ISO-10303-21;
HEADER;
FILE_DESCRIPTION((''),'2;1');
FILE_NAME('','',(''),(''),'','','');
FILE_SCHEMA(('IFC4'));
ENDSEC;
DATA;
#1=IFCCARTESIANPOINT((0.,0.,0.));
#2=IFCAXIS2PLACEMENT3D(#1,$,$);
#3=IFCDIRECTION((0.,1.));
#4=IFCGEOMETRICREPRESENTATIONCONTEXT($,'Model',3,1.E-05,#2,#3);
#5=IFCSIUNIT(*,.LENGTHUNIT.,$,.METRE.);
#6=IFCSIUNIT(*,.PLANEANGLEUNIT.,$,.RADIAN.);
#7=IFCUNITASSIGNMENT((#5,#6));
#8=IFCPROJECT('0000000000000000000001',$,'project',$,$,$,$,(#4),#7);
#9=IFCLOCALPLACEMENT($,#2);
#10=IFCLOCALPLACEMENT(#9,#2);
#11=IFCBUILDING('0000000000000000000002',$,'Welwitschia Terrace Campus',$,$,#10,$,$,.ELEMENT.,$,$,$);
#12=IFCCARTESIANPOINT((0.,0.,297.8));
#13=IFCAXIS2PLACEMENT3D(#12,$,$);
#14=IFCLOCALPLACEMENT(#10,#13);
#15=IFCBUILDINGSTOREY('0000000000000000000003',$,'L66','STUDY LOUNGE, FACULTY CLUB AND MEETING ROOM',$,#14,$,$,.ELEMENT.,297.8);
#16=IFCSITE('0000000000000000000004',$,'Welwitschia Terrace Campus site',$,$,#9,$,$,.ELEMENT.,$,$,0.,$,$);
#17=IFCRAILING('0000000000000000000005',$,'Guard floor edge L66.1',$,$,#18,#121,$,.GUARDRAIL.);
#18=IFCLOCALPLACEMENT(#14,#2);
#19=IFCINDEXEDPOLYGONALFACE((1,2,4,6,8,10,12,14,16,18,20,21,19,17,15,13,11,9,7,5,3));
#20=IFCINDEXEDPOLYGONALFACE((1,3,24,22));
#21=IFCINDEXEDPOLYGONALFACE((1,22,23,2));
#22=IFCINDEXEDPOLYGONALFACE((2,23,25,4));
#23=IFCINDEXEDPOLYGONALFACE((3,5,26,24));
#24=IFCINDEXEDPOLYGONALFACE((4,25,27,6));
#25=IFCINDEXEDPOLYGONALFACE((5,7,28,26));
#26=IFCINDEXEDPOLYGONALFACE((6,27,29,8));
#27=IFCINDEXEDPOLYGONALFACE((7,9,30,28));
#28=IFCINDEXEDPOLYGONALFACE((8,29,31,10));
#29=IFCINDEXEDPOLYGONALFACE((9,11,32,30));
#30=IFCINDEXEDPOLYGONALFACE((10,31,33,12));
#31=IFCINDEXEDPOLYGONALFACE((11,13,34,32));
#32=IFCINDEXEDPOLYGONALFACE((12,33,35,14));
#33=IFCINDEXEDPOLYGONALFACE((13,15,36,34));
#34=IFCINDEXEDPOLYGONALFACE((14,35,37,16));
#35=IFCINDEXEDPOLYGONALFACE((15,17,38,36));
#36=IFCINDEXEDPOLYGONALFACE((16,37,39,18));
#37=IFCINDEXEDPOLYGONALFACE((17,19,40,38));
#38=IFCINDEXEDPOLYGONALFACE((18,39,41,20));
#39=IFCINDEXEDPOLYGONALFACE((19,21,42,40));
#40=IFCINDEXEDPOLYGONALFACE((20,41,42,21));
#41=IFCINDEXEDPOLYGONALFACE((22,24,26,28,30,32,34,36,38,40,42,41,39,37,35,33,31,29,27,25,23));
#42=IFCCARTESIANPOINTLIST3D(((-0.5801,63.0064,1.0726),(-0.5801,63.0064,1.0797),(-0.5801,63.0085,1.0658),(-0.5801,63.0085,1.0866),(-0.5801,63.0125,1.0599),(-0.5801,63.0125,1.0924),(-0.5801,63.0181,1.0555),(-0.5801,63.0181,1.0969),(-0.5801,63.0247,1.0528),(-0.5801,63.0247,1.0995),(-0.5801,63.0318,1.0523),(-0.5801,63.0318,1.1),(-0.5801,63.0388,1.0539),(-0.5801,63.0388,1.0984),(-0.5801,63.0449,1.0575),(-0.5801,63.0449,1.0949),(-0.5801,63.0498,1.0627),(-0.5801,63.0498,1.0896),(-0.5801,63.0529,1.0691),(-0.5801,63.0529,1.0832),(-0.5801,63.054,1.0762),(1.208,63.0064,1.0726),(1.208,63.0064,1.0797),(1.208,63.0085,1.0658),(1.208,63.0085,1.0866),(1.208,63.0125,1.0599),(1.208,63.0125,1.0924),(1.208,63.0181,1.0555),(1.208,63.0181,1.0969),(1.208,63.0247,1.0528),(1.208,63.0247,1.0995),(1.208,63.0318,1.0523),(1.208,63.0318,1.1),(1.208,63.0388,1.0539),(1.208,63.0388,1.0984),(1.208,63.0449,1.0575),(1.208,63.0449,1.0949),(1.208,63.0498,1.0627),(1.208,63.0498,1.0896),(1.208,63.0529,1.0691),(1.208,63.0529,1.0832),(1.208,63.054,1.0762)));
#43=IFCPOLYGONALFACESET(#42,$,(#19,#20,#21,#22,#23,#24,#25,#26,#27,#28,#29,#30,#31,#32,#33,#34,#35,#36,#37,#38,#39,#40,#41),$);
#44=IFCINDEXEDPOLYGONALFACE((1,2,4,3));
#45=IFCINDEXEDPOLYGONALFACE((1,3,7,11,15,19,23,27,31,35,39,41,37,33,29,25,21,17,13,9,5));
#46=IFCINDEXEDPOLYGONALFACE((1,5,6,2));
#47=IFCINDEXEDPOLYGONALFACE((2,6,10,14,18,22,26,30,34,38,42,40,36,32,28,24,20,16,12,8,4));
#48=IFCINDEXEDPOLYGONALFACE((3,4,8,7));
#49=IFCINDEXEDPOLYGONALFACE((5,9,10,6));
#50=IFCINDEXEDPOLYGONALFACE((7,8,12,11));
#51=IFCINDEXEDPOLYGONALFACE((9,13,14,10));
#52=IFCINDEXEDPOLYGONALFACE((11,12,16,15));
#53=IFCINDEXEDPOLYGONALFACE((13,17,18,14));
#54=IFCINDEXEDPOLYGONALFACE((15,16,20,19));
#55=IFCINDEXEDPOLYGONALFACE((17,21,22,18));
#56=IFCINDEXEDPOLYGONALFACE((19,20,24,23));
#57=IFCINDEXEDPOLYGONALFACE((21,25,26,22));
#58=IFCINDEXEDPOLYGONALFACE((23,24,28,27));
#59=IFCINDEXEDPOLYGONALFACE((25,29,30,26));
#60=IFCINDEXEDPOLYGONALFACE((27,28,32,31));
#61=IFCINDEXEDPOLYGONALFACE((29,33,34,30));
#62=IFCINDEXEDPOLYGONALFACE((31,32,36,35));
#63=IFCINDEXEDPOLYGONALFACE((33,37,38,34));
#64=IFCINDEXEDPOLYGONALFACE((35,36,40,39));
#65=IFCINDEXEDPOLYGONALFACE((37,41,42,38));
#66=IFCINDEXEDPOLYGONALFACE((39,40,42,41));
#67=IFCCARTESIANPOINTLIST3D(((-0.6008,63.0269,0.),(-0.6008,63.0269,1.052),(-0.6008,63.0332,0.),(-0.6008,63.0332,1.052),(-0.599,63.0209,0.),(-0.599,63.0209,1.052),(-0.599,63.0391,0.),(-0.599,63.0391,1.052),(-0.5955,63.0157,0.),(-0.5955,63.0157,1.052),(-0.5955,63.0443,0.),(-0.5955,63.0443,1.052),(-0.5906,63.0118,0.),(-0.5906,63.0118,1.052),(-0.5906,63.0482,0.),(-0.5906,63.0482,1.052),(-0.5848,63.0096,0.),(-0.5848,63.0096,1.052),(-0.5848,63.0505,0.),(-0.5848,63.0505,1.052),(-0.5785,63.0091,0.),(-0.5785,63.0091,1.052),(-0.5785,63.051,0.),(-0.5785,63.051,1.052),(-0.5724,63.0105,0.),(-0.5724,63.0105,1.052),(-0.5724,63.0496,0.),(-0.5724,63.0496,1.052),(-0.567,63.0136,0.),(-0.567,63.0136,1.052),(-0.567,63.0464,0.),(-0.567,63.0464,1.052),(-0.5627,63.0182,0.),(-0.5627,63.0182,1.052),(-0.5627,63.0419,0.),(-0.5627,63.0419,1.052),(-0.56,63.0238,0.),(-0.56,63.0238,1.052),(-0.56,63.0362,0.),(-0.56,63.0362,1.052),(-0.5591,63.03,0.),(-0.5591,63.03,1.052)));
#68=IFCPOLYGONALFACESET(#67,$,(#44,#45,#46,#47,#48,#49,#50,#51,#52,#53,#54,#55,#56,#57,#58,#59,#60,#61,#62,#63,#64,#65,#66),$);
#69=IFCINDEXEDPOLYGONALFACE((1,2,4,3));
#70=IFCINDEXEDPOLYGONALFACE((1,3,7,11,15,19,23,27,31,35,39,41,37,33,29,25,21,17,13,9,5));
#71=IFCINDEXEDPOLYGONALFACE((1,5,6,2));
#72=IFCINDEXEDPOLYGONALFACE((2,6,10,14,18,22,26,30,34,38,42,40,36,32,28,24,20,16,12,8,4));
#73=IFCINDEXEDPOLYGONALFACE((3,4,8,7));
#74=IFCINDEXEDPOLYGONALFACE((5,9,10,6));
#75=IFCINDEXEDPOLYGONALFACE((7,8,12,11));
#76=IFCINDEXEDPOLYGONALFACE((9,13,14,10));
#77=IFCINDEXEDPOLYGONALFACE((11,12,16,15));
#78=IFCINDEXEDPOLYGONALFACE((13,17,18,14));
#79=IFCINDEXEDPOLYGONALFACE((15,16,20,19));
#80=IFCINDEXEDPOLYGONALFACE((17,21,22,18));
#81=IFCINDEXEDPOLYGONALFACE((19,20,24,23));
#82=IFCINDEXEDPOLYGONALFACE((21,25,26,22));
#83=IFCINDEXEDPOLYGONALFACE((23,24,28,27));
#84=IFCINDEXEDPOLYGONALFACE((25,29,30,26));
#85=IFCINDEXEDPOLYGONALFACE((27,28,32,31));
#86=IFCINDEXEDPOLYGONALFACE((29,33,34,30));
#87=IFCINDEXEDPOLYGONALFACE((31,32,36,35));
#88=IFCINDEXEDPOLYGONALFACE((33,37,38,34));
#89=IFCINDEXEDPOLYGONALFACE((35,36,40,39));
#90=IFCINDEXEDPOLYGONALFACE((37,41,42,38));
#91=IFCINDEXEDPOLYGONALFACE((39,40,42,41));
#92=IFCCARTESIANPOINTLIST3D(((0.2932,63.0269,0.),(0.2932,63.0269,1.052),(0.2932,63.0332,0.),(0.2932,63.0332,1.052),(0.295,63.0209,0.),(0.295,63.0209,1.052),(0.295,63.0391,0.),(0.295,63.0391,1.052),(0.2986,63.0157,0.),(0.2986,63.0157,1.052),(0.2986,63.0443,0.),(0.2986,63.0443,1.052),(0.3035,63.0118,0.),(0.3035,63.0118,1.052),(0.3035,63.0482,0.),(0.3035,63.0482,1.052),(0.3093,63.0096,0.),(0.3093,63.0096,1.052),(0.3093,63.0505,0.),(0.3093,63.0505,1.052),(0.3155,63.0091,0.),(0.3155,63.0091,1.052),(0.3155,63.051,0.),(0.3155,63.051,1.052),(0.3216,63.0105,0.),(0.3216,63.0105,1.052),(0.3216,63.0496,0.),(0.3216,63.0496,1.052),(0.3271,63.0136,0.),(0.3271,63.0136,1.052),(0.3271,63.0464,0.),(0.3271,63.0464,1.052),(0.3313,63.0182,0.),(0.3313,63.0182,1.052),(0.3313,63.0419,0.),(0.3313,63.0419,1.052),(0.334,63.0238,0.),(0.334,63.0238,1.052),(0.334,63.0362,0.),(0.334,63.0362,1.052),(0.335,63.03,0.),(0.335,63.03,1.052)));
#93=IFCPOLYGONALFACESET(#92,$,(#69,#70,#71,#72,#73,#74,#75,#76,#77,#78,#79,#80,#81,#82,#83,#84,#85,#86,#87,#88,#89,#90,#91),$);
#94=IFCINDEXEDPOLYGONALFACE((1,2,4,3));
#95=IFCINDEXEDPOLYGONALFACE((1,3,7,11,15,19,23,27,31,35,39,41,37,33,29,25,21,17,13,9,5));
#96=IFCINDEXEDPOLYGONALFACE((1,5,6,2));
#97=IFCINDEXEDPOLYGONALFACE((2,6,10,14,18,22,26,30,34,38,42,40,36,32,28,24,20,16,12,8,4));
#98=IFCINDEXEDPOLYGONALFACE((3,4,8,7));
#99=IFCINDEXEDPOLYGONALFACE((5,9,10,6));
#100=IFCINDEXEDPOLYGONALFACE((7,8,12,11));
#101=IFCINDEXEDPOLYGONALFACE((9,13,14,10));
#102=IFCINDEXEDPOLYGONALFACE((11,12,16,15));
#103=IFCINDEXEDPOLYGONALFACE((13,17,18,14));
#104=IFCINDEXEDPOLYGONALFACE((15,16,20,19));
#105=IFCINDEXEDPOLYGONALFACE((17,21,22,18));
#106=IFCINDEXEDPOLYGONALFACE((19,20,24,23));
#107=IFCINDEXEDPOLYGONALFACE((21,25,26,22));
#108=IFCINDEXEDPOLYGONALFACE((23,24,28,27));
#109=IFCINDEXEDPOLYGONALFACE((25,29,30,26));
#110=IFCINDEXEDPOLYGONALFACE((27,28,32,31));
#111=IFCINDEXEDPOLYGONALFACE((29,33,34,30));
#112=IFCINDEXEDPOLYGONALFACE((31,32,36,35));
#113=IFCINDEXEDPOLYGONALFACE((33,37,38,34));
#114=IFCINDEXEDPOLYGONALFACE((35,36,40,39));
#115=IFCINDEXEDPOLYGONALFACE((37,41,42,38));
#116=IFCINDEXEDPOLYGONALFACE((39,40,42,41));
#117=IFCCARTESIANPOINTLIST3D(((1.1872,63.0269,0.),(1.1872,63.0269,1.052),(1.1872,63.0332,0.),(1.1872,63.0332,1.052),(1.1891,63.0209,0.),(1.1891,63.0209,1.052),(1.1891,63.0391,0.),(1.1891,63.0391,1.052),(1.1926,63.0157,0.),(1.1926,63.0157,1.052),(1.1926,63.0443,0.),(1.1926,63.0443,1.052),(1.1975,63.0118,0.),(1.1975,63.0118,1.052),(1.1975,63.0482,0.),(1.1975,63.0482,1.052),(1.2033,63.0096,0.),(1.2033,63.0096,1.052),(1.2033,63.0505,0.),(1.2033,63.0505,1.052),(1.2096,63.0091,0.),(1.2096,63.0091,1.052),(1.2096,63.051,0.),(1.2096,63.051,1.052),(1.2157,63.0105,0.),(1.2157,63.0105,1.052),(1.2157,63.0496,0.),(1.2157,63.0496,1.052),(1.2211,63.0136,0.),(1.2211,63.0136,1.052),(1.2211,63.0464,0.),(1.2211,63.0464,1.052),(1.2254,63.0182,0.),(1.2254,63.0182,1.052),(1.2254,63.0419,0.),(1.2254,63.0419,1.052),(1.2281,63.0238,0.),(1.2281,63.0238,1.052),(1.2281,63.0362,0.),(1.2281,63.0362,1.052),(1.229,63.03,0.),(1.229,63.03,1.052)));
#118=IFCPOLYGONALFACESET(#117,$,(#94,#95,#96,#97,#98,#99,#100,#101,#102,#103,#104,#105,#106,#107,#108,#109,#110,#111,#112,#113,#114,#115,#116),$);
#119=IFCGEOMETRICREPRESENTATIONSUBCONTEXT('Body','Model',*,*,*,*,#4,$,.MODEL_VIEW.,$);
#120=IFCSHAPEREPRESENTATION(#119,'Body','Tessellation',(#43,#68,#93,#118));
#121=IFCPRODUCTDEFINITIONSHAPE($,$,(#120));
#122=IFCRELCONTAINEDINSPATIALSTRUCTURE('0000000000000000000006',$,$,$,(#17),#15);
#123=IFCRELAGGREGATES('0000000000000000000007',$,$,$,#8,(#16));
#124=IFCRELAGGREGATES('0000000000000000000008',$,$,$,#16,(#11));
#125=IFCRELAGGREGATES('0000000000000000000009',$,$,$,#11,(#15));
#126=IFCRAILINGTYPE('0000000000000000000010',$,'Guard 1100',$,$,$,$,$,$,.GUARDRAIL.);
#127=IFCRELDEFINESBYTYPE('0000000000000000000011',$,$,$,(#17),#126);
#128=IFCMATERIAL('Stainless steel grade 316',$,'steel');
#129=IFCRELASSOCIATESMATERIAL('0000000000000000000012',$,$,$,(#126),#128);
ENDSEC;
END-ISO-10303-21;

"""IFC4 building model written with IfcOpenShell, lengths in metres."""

from ifc_helpers import new_model, si_unit, direction, frame, origin, origin_2d, place, context, subcontext, project, spatial, circle, extrude, material, type_object, element, save


model = new_model("IFC4")

# Units and contexts
model_context = context("Model", 3, precision=1e-05, world=origin(), true_north=direction((0.0, 1.0)))
body_context = subcontext(model_context, "Body", "Model", "MODEL_VIEW")
ifc_project = project(units=[si_unit("LENGTHUNIT", "METRE"), si_unit("PLANEANGLEUNIT", "RADIAN")], contexts=[model_context])

# Site, building, storey
site_placement = place(None, origin())
site = spatial("IfcSite", under=ifc_project, at=site_placement, Name="Welwitschia Terrace Campus site", CompositionType="ELEMENT", RefElevation=0.0)
building_placement = place(site_placement, origin())
building = spatial("IfcBuilding", under=site, at=building_placement, Name="Welwitschia Terrace Campus", CompositionType="ELEMENT")
storey_placement = place(building_placement, frame((0.0, 0.0, 297.8)))
storey = spatial("IfcBuildingStorey", under=building, at=storey_placement, Name="L66", Description="STUDY LOUNGE, FACULTY CLUB AND MEETING ROOM", CompositionType="ELEMENT", Elevation=297.8)

# Railing
ifc_material_1 = material(Name="Stainless steel grade 316", Category="steel")
railing_type = type_object("IfcRailingType", Name="Guard 1100", PredefinedType="GUARDRAIL", material=ifc_material_1)
railing_1_placement = place(storey_placement, frame((-0.5801, 63.03, 0.0)))
element("IfcRailing", 1, at=railing_1_placement, inside=storey, type_object=railing_type, Name="Guard floor edge L66.1", PredefinedType="GUARDRAIL", context=body_context, shape_type="SweptSolid", body=[
    extrude(circle(Radius=0.0239, at=origin_2d()), frame((0.0, 0.0, 1.0762), z_axis=(1.0, 0.0, 0.0), x_axis=(0.0, 1.0, 0.0)), (0.0, 0.0, 1.0), 1.7881),
    extrude(circle(Radius=0.021, at=origin_2d()), origin(), (0.0, 0.0, 1.0), 1.052),
    extrude(circle(Radius=0.021, at=origin_2d()), frame((0.894, 0.0, 0.0)), (0.0, 0.0, 1.0), 1.052),
    extrude(circle(Radius=0.021, at=origin_2d()), frame((1.7881, 0.0, 0.0)), (0.0, 0.0, 1.0), 1.052),
])

save(model, "model.ifc")
